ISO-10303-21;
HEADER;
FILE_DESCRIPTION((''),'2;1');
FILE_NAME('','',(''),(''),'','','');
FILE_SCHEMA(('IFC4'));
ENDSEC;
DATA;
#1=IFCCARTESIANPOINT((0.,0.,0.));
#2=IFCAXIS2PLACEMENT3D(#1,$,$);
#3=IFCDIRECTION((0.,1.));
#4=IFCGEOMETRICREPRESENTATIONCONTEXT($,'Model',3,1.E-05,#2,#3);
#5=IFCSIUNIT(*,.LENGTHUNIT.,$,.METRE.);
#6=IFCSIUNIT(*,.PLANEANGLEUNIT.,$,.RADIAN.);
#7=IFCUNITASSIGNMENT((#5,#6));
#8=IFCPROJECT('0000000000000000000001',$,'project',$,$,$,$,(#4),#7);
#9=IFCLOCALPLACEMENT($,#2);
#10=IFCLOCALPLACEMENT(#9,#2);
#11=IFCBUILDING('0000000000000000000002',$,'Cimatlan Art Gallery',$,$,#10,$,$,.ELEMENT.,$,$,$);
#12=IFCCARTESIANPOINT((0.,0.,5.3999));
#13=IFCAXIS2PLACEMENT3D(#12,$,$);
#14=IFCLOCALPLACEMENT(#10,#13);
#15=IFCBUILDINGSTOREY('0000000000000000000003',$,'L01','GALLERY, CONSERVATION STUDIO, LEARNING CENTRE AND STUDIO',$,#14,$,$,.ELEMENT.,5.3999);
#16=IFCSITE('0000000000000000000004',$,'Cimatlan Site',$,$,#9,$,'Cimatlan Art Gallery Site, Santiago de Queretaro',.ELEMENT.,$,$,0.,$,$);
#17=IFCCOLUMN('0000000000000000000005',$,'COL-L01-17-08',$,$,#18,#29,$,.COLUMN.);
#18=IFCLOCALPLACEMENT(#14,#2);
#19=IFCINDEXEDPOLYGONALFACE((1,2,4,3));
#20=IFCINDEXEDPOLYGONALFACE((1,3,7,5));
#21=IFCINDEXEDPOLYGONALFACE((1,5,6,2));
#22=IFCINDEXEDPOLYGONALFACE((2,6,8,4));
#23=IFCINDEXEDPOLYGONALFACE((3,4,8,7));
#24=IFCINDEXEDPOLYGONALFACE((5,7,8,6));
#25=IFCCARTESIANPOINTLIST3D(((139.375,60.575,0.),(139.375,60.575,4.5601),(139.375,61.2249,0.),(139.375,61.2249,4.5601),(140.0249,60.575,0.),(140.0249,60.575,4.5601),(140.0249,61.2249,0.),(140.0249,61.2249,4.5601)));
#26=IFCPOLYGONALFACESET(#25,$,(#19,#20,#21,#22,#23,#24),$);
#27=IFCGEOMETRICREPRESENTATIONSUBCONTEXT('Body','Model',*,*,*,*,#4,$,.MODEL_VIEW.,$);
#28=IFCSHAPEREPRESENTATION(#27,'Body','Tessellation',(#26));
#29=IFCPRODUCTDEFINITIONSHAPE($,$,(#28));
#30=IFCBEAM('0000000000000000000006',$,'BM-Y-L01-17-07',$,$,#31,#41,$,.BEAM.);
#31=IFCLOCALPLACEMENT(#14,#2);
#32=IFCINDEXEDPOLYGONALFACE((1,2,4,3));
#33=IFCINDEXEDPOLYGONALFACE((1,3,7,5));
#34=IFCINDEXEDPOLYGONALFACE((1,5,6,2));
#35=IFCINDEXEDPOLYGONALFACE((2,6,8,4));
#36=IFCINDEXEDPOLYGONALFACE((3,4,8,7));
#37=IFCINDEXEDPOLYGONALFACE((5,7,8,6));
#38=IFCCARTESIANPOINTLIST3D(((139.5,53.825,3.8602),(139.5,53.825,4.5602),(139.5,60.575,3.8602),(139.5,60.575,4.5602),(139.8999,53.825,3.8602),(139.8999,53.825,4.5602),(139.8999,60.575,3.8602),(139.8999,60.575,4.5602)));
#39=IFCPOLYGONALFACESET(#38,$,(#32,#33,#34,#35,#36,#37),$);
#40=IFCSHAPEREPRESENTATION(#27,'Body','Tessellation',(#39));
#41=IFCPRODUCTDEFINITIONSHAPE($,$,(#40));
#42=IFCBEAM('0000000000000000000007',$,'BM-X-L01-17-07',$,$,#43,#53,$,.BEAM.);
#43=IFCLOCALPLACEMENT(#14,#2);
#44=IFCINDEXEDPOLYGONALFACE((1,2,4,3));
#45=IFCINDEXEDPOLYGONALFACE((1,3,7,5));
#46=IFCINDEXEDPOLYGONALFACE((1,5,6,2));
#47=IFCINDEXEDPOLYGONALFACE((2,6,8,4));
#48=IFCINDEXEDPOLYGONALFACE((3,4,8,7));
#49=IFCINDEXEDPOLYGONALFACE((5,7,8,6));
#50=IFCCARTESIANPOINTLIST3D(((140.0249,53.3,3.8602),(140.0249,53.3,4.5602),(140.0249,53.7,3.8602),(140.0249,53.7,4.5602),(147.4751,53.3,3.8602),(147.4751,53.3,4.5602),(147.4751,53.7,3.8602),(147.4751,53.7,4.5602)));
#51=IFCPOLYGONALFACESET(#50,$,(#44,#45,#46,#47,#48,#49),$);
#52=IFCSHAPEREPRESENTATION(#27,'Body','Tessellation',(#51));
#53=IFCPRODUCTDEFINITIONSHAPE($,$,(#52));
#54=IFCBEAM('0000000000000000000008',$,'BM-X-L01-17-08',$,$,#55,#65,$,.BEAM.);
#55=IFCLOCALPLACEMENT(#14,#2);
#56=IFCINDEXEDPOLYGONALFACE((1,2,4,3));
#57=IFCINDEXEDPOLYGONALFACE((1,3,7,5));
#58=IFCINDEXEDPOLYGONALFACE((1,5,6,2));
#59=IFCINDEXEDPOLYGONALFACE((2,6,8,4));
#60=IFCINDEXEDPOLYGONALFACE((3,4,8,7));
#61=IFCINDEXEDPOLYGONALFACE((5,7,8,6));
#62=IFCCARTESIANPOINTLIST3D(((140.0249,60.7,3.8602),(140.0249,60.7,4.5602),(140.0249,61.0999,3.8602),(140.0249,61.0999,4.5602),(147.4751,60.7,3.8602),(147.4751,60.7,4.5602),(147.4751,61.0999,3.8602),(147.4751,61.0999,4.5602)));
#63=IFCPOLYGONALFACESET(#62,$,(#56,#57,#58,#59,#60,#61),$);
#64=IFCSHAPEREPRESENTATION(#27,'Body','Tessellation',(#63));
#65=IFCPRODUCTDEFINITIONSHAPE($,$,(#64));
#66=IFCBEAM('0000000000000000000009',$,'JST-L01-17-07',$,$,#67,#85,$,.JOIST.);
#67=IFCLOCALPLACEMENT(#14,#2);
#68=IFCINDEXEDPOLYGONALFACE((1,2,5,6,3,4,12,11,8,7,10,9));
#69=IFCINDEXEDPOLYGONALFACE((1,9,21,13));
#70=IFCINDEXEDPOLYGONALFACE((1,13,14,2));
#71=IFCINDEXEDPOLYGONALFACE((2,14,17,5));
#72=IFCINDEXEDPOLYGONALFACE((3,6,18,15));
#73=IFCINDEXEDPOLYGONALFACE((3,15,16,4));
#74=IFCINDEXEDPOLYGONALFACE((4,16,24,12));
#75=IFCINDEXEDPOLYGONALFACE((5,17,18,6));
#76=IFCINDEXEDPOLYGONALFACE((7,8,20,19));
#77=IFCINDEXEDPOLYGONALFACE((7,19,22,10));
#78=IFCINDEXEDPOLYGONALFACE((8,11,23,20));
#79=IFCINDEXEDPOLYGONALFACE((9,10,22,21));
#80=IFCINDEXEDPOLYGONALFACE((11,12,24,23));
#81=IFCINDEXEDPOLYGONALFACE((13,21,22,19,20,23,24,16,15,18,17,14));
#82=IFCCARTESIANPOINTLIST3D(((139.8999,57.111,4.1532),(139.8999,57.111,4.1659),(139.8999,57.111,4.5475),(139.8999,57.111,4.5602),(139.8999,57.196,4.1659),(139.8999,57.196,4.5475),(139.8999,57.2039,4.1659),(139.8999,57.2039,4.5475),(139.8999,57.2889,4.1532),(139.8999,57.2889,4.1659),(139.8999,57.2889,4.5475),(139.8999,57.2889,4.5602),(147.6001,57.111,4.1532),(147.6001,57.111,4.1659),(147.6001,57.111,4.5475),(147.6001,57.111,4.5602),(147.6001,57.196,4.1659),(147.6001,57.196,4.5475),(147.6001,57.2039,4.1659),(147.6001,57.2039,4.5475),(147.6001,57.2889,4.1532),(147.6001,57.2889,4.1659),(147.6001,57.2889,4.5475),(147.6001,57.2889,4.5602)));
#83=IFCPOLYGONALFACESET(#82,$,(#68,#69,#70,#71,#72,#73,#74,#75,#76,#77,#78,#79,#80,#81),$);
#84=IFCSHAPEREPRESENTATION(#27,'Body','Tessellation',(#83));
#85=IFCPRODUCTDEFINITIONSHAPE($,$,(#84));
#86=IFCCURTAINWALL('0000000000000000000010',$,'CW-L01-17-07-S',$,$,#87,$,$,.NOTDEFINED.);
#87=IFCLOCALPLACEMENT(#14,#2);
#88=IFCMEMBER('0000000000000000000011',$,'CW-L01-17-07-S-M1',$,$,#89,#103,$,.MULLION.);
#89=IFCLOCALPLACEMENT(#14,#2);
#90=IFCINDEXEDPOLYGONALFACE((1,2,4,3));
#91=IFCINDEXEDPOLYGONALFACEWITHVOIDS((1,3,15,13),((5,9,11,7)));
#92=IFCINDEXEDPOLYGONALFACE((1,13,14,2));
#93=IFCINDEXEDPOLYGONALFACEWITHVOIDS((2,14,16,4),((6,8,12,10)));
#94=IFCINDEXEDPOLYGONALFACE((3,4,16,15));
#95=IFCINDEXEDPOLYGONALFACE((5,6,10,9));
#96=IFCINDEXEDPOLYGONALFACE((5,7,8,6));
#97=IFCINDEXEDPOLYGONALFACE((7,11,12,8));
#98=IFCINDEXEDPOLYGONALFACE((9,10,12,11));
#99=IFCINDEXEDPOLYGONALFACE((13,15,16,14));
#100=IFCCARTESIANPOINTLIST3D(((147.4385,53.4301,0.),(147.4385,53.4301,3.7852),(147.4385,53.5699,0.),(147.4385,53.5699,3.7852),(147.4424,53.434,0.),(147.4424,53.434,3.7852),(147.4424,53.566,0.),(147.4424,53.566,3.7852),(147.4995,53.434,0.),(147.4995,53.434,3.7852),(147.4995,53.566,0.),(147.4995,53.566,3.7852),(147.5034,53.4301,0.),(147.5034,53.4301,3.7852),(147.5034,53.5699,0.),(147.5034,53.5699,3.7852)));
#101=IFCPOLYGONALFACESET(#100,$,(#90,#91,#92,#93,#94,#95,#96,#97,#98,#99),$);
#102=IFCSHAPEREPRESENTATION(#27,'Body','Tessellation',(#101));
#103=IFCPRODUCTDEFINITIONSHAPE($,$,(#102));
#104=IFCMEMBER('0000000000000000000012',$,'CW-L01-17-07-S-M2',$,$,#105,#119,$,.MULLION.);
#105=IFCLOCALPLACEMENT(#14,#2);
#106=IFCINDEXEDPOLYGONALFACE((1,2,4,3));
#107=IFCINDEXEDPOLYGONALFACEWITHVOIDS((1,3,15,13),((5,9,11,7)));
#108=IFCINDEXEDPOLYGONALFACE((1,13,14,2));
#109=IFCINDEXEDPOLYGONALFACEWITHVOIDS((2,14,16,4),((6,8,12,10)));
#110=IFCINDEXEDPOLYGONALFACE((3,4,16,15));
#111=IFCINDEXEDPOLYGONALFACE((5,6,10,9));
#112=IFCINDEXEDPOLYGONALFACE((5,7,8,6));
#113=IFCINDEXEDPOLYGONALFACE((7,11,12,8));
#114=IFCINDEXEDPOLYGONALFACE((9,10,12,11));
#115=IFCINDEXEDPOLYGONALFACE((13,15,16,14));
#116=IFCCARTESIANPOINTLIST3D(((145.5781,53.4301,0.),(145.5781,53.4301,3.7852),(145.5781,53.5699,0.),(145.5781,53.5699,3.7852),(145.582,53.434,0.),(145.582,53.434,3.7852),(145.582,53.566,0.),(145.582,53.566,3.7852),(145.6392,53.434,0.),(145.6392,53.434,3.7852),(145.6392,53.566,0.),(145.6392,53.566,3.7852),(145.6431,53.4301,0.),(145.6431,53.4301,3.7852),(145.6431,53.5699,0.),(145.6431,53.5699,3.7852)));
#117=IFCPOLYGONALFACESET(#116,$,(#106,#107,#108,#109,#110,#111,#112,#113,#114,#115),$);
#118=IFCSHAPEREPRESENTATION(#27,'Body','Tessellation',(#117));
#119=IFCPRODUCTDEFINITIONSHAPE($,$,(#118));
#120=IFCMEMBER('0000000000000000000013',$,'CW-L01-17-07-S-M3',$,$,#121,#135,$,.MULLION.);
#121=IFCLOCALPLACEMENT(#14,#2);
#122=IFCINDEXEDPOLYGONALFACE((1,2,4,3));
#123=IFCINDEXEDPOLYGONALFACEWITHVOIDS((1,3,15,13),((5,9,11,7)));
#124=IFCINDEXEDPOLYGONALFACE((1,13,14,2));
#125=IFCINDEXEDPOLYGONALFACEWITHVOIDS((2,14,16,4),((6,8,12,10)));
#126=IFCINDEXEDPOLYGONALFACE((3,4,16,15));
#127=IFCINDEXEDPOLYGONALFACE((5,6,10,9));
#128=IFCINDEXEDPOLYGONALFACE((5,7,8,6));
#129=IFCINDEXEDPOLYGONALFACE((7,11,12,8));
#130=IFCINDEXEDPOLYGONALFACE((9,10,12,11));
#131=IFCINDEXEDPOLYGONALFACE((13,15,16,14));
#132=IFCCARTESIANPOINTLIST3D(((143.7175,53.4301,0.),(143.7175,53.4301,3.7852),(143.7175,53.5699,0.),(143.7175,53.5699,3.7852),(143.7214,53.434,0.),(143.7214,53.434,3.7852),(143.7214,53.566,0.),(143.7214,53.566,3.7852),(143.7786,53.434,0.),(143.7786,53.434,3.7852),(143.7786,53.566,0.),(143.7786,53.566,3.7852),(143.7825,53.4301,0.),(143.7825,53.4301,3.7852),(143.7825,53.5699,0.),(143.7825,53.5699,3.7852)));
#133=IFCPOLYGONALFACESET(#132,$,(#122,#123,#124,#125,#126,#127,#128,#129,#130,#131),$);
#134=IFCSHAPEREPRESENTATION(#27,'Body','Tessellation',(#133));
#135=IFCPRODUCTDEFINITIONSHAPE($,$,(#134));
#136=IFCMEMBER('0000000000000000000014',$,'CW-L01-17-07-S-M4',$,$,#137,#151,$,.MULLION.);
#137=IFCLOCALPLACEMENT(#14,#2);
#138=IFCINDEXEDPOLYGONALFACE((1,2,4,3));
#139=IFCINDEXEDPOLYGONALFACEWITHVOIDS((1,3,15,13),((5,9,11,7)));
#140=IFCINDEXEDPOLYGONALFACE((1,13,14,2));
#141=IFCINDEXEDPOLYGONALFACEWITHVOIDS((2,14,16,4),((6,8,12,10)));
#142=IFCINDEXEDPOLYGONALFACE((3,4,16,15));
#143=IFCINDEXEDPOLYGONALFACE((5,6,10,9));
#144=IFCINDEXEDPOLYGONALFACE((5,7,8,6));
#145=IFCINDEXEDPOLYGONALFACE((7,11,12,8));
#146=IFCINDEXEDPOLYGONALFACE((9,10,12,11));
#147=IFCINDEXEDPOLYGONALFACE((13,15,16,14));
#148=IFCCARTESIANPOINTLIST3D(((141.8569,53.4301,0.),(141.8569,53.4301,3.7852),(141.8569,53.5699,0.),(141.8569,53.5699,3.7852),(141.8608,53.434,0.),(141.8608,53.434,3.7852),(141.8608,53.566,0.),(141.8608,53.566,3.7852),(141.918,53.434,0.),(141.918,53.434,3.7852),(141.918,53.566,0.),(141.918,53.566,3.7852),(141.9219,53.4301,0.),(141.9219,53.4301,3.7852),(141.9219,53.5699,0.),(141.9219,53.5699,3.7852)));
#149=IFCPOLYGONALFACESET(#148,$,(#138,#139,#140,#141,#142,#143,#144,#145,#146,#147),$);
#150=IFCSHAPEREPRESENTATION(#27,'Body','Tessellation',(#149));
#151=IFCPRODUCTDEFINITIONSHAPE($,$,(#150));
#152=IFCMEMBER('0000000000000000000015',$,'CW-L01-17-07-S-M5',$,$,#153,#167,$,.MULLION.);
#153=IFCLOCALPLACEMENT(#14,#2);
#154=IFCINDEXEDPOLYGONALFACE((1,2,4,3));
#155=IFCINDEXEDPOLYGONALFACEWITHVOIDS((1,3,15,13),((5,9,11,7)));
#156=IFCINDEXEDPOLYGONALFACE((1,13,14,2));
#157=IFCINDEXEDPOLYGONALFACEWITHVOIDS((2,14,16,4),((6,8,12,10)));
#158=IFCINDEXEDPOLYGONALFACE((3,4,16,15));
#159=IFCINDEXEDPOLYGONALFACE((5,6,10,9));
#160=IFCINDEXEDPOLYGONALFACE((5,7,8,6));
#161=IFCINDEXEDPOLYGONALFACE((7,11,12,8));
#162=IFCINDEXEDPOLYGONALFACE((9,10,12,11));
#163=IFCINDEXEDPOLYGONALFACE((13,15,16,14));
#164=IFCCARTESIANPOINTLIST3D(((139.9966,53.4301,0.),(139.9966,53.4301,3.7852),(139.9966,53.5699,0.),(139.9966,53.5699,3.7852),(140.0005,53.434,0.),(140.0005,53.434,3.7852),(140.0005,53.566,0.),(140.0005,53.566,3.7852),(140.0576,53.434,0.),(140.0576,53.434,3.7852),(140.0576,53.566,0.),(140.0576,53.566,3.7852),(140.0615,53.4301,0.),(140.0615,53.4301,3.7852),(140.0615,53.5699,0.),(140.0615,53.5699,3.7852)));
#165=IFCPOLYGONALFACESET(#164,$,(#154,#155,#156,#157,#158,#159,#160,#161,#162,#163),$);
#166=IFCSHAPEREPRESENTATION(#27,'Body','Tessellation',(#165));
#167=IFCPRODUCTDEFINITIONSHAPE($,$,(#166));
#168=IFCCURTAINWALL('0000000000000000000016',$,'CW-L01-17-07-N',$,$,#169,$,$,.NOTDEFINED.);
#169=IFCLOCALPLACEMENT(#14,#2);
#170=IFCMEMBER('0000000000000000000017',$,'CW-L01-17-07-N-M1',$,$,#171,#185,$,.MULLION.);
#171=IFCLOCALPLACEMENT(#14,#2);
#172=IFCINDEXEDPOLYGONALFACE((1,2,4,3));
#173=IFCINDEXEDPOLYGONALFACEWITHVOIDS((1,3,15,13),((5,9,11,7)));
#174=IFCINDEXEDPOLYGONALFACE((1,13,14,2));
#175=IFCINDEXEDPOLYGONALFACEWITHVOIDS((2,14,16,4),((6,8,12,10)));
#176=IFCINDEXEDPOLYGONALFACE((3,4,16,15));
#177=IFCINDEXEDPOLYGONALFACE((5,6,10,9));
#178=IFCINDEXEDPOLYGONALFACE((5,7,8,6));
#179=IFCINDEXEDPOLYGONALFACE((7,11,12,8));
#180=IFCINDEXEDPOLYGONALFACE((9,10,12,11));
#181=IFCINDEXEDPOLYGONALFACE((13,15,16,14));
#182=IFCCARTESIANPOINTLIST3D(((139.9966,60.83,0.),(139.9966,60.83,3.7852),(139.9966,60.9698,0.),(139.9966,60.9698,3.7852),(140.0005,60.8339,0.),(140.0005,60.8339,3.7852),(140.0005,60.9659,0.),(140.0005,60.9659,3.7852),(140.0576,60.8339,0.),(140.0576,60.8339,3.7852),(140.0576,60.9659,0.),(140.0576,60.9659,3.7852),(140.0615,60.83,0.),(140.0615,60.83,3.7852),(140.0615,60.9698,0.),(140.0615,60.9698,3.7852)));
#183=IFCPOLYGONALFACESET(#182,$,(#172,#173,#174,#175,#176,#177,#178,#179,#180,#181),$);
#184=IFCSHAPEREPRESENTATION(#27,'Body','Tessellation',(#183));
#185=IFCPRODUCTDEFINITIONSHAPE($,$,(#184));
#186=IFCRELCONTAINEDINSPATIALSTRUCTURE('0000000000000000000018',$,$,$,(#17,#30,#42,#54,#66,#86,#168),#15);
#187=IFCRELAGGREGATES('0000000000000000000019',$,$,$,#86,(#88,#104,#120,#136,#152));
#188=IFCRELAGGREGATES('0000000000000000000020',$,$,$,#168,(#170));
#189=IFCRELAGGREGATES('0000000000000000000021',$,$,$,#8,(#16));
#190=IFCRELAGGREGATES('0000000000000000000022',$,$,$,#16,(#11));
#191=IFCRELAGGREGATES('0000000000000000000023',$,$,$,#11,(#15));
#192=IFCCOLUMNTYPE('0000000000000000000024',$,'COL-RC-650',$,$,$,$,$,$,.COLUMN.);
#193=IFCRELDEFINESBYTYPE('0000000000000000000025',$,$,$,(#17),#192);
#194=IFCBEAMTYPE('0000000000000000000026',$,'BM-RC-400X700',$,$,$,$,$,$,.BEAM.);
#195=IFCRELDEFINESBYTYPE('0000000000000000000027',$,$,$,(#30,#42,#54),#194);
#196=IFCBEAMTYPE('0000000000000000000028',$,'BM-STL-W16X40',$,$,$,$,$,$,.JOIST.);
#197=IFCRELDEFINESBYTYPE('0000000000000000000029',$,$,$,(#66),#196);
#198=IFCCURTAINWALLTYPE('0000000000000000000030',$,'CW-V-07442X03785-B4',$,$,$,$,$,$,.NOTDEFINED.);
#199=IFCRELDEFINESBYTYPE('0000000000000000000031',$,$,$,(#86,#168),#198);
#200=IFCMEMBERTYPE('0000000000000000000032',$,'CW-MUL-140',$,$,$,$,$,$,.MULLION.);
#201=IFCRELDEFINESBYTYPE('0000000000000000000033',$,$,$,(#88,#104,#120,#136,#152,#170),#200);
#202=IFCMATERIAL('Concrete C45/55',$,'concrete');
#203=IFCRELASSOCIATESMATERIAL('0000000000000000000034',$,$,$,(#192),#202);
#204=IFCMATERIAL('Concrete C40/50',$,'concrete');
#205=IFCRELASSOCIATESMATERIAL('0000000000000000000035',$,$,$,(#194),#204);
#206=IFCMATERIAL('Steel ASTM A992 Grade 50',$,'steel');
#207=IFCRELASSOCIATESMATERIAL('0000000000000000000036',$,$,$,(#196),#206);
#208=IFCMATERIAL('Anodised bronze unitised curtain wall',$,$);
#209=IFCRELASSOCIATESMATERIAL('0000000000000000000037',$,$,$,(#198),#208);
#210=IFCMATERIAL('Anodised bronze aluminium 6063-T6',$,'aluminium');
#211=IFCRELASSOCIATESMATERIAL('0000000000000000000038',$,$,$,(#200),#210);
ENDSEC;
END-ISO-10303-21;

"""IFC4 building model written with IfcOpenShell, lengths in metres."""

from ifc_helpers import new_model, si_unit, direction, frame, origin, origin_2d, place, context, subcontext, project, spatial, rectangle, hollow_rectangle, i_section, extrude, material, material_profile, profile_set, type_object, element, aggregate, save


model = new_model("IFC4")

# Units and contexts
model_context = context("Model", 3, precision=1e-05, world=origin(), true_north=direction((0.0, 1.0)))
body_context = subcontext(model_context, "Body", "Model", "MODEL_VIEW")
ifc_project = project(units=[si_unit("LENGTHUNIT", "METRE"), si_unit("PLANEANGLEUNIT", "RADIAN")], contexts=[model_context])

# Site, building, storey
site_placement = place(None, origin())
site = spatial("IfcSite", under=ifc_project, at=site_placement, Name="Cimatlan Site", LongName="Cimatlan Art Gallery Site, Santiago de Queretaro", CompositionType="ELEMENT", RefElevation=0.0)
building_placement = place(site_placement, origin())
building = spatial("IfcBuilding", under=site, at=building_placement, Name="Cimatlan Art Gallery", CompositionType="ELEMENT")
storey_placement = place(building_placement, frame((0.0, 0.0, 5.3999)))
storey = spatial("IfcBuildingStorey", under=building, at=storey_placement, Name="L01", Description="GALLERY, CONSERVATION STUDIO, LEARNING CENTRE AND STUDIO", CompositionType="ELEMENT", Elevation=5.3999)

# Column
ifc_material_1 = material(Name="Concrete C45/55", Category="concrete")
ifc_material_profile_1 = material_profile(ifc_material_1, rectangle(XDim=0.6499, YDim=0.6499, at=origin_2d()), Name="RC650X650")
ifc_profile_set_1 = profile_set([ifc_material_profile_1], Name="Concrete C45/55")
column_type = type_object("IfcColumnType", Name="COL-RC-650", PredefinedType="COLUMN", material=ifc_profile_set_1)
column_placement = place(storey_placement, frame((139.7, 60.8999, 0.0), z_axis=(0.0, 0.0, 1.0), x_axis=(1.0, 0.0, 0.0)))
element("IfcColumn", 1, at=column_placement, inside=storey, type_object=column_type, Name="COL-L01-17-08", PredefinedType="COLUMN", context=body_context, shape_type="SweptSolid", body=[
    extrude(rectangle(XDim=0.6499, YDim=0.6499, at=origin_2d()), origin(), (0.0, 0.0, 1.0), 4.5601),
])

# Beams
ifc_material_2 = material(Name="Concrete C40/50", Category="concrete")
ifc_material_profile_2 = material_profile(ifc_material_2, rectangle(XDim=0.3999, YDim=0.7, at=origin_2d()), Name="RC400X700")
ifc_profile_set_2 = profile_set([ifc_material_profile_2], Name="Concrete C40/50")
beam_type_1 = type_object("IfcBeamType", Name="BM-RC-400X700", PredefinedType="BEAM", material=ifc_profile_set_2)
beam_1_placement = place(storey_placement, frame((139.7, 53.825, 4.2102), z_axis=(0.0, 1.0, 0.0), x_axis=(-1.0, 0.0, 0.0)))
element("IfcBeam", 2, at=beam_1_placement, inside=storey, type_object=beam_type_1, Name="BM-Y-L01-17-07", PredefinedType="BEAM", context=body_context, shape_type="SweptSolid", body=[
    extrude(rectangle(XDim=0.3999, YDim=0.7, at=origin_2d()), origin(), (0.0, 0.0, 1.0), 6.75),
])
for number, where, z_axis, x_axis, name in (
    (3, (140.0249, 53.5, 4.2102), (1.0, 0.0, 0.0), (0.0, 1.0, 0.0), "BM-X-L01-17-07"),
    (4, (140.0249, 60.8999, 4.2102), (1.0, 0.0, 0.0), (0.0, 1.0, 0.0), "BM-X-L01-17-08"),
):
    element("IfcBeam", number, at=place(storey_placement, frame(where, z_axis=z_axis, x_axis=x_axis)), inside=storey, type_object=beam_type_1, Name=name, PredefinedType="BEAM", context=body_context, shape_type="SweptSolid", body=[
        extrude(rectangle(XDim=0.3999, YDim=0.7, at=origin_2d()), origin(), (0.0, 0.0, 1.0), 7.4502),
    ])
ifc_material_3 = material(Name="Steel ASTM A992 Grade 50", Category="steel")
ifc_material_profile_3 = material_profile(ifc_material_3, i_section(OverallWidth=0.178, OverallDepth=0.407, WebThickness=0.0078, FlangeThickness=0.0127, at=origin_2d()), Name="W16X40")
ifc_profile_set_3 = profile_set([ifc_material_profile_3], Name="Steel ASTM A992 Grade 50")
beam_type_2 = type_object("IfcBeamType", Name="BM-STL-W16X40", PredefinedType="JOIST", material=ifc_profile_set_3)
beam_2_placement = place(storey_placement, frame((139.8999, 57.2, 4.3567), z_axis=(1.0, 0.0, 0.0), x_axis=(0.0, 1.0, 0.0)))
element("IfcBeam", 5, at=beam_2_placement, inside=storey, type_object=beam_type_2, Name="JST-L01-17-07", PredefinedType="JOIST", context=body_context, shape_type="SweptSolid", body=[
    extrude(i_section(OverallWidth=0.178, OverallDepth=0.407, WebThickness=0.0078, FlangeThickness=0.0127, at=origin_2d()), origin(), (0.0, 0.0, 1.0), 7.7002),
])

# Curtain walls, members
ifc_material_4 = material(Name="Anodised bronze unitised curtain wall")
curtain_wall_type = type_object("IfcCurtainWallType", Name="CW-V-07442X03785-B4", PredefinedType="NOTDEFINED", material=ifc_material_4)
curtain_wall_1_placement = place(storey_placement, origin())
curtain_wall_1 = element("IfcCurtainWall", 6, at=curtain_wall_1_placement, inside=storey, type_object=curtain_wall_type, Name="CW-L01-17-07-S", PredefinedType="NOTDEFINED")
ifc_material_5 = material(Name="Anodised bronze aluminium 6063-T6", Category="aluminium")
ifc_material_profile_4 = material_profile(ifc_material_5, hollow_rectangle(XDim=0.0649, YDim=0.1399, WallThickness=0.0039, at=origin_2d()), Name="ALU65X140X4")
ifc_profile_set_4 = profile_set([ifc_material_profile_4], Name="Anodised bronze aluminium 6063-T6")
member_type_1 = type_object("IfcMemberType", Name="CW-MUL-140", PredefinedType="MULLION", material=ifc_profile_set_4)
member_1_placement = place(storey_placement, frame((147.4709, 53.5, 0.0), z_axis=(0.0, 0.0, 1.0), x_axis=(1.0, 0.0, 0.0)))
member_1 = element("IfcMember", 7, at=member_1_placement, type_object=member_type_1, Name="CW-L01-17-07-S-M1", PredefinedType="MULLION", context=body_context, shape_type="SweptSolid", body=[
    extrude(hollow_rectangle(XDim=0.0649, YDim=0.1399, WallThickness=0.0039, at=origin_2d()), origin(), (0.0, 0.0, 1.0), 3.7852),
])
member_2_placement = place(storey_placement, frame((145.6106, 53.5, 0.0), z_axis=(0.0, 0.0, 1.0), x_axis=(1.0, 0.0, 0.0)))
member_2 = element("IfcMember", 8, at=member_2_placement, type_object=member_type_1, Name="CW-L01-17-07-S-M2", PredefinedType="MULLION", context=body_context, shape_type="SweptSolid", body=[
    extrude(hollow_rectangle(XDim=0.0649, YDim=0.1399, WallThickness=0.0039, at=origin_2d()), origin(), (0.0, 0.0, 1.0), 3.7852),
])
member_3_placement = place(storey_placement, frame((143.75, 53.5, 0.0), z_axis=(0.0, 0.0, 1.0), x_axis=(1.0, 0.0, 0.0)))
member_3 = element("IfcMember", 9, at=member_3_placement, type_object=member_type_1, Name="CW-L01-17-07-S-M3", PredefinedType="MULLION", context=body_context, shape_type="SweptSolid", body=[
    extrude(hollow_rectangle(XDim=0.0649, YDim=0.1399, WallThickness=0.0039, at=origin_2d()), origin(), (0.0, 0.0, 1.0), 3.7852),
])
member_4_placement = place(storey_placement, frame((141.8894, 53.5, 0.0), z_axis=(0.0, 0.0, 1.0), x_axis=(1.0, 0.0, 0.0)))
member_4 = element("IfcMember", 10, at=member_4_placement, type_object=member_type_1, Name="CW-L01-17-07-S-M4", PredefinedType="MULLION", context=body_context, shape_type="SweptSolid", body=[
    extrude(hollow_rectangle(XDim=0.0649, YDim=0.1399, WallThickness=0.0039, at=origin_2d()), origin(), (0.0, 0.0, 1.0), 3.7852),
])
member_5_placement = place(storey_placement, frame((140.0291, 53.5, 0.0), z_axis=(0.0, 0.0, 1.0), x_axis=(1.0, 0.0, 0.0)))
member_5 = element("IfcMember", 11, at=member_5_placement, type_object=member_type_1, Name="CW-L01-17-07-S-M5", PredefinedType="MULLION", context=body_context, shape_type="SweptSolid", body=[
    extrude(hollow_rectangle(XDim=0.0649, YDim=0.1399, WallThickness=0.0039, at=origin_2d()), origin(), (0.0, 0.0, 1.0), 3.7852),
])
curtain_wall_2_placement = place(storey_placement, origin())
curtain_wall_2 = element("IfcCurtainWall", 12, at=curtain_wall_2_placement, inside=storey, type_object=curtain_wall_type, Name="CW-L01-17-07-N", PredefinedType="NOTDEFINED")
member_6_placement = place(storey_placement, frame((140.0291, 60.8999, 0.0), z_axis=(0.0, 0.0, 1.0), x_axis=(1.0, 0.0, 0.0)))
member_6 = element("IfcMember", 13, at=member_6_placement, type_object=member_type_1, Name="CW-L01-17-07-N-M1", PredefinedType="MULLION", context=body_context, shape_type="SweptSolid", body=[
    extrude(hollow_rectangle(XDim=0.0649, YDim=0.1399, WallThickness=0.0039, at=origin_2d()), origin(), (0.0, 0.0, 1.0), 3.7852),
])

aggregate(curtain_wall_1, [member_1, member_2, member_3, member_4, member_5])
aggregate(curtain_wall_2, [member_6])

save(model, "model.ifc")
